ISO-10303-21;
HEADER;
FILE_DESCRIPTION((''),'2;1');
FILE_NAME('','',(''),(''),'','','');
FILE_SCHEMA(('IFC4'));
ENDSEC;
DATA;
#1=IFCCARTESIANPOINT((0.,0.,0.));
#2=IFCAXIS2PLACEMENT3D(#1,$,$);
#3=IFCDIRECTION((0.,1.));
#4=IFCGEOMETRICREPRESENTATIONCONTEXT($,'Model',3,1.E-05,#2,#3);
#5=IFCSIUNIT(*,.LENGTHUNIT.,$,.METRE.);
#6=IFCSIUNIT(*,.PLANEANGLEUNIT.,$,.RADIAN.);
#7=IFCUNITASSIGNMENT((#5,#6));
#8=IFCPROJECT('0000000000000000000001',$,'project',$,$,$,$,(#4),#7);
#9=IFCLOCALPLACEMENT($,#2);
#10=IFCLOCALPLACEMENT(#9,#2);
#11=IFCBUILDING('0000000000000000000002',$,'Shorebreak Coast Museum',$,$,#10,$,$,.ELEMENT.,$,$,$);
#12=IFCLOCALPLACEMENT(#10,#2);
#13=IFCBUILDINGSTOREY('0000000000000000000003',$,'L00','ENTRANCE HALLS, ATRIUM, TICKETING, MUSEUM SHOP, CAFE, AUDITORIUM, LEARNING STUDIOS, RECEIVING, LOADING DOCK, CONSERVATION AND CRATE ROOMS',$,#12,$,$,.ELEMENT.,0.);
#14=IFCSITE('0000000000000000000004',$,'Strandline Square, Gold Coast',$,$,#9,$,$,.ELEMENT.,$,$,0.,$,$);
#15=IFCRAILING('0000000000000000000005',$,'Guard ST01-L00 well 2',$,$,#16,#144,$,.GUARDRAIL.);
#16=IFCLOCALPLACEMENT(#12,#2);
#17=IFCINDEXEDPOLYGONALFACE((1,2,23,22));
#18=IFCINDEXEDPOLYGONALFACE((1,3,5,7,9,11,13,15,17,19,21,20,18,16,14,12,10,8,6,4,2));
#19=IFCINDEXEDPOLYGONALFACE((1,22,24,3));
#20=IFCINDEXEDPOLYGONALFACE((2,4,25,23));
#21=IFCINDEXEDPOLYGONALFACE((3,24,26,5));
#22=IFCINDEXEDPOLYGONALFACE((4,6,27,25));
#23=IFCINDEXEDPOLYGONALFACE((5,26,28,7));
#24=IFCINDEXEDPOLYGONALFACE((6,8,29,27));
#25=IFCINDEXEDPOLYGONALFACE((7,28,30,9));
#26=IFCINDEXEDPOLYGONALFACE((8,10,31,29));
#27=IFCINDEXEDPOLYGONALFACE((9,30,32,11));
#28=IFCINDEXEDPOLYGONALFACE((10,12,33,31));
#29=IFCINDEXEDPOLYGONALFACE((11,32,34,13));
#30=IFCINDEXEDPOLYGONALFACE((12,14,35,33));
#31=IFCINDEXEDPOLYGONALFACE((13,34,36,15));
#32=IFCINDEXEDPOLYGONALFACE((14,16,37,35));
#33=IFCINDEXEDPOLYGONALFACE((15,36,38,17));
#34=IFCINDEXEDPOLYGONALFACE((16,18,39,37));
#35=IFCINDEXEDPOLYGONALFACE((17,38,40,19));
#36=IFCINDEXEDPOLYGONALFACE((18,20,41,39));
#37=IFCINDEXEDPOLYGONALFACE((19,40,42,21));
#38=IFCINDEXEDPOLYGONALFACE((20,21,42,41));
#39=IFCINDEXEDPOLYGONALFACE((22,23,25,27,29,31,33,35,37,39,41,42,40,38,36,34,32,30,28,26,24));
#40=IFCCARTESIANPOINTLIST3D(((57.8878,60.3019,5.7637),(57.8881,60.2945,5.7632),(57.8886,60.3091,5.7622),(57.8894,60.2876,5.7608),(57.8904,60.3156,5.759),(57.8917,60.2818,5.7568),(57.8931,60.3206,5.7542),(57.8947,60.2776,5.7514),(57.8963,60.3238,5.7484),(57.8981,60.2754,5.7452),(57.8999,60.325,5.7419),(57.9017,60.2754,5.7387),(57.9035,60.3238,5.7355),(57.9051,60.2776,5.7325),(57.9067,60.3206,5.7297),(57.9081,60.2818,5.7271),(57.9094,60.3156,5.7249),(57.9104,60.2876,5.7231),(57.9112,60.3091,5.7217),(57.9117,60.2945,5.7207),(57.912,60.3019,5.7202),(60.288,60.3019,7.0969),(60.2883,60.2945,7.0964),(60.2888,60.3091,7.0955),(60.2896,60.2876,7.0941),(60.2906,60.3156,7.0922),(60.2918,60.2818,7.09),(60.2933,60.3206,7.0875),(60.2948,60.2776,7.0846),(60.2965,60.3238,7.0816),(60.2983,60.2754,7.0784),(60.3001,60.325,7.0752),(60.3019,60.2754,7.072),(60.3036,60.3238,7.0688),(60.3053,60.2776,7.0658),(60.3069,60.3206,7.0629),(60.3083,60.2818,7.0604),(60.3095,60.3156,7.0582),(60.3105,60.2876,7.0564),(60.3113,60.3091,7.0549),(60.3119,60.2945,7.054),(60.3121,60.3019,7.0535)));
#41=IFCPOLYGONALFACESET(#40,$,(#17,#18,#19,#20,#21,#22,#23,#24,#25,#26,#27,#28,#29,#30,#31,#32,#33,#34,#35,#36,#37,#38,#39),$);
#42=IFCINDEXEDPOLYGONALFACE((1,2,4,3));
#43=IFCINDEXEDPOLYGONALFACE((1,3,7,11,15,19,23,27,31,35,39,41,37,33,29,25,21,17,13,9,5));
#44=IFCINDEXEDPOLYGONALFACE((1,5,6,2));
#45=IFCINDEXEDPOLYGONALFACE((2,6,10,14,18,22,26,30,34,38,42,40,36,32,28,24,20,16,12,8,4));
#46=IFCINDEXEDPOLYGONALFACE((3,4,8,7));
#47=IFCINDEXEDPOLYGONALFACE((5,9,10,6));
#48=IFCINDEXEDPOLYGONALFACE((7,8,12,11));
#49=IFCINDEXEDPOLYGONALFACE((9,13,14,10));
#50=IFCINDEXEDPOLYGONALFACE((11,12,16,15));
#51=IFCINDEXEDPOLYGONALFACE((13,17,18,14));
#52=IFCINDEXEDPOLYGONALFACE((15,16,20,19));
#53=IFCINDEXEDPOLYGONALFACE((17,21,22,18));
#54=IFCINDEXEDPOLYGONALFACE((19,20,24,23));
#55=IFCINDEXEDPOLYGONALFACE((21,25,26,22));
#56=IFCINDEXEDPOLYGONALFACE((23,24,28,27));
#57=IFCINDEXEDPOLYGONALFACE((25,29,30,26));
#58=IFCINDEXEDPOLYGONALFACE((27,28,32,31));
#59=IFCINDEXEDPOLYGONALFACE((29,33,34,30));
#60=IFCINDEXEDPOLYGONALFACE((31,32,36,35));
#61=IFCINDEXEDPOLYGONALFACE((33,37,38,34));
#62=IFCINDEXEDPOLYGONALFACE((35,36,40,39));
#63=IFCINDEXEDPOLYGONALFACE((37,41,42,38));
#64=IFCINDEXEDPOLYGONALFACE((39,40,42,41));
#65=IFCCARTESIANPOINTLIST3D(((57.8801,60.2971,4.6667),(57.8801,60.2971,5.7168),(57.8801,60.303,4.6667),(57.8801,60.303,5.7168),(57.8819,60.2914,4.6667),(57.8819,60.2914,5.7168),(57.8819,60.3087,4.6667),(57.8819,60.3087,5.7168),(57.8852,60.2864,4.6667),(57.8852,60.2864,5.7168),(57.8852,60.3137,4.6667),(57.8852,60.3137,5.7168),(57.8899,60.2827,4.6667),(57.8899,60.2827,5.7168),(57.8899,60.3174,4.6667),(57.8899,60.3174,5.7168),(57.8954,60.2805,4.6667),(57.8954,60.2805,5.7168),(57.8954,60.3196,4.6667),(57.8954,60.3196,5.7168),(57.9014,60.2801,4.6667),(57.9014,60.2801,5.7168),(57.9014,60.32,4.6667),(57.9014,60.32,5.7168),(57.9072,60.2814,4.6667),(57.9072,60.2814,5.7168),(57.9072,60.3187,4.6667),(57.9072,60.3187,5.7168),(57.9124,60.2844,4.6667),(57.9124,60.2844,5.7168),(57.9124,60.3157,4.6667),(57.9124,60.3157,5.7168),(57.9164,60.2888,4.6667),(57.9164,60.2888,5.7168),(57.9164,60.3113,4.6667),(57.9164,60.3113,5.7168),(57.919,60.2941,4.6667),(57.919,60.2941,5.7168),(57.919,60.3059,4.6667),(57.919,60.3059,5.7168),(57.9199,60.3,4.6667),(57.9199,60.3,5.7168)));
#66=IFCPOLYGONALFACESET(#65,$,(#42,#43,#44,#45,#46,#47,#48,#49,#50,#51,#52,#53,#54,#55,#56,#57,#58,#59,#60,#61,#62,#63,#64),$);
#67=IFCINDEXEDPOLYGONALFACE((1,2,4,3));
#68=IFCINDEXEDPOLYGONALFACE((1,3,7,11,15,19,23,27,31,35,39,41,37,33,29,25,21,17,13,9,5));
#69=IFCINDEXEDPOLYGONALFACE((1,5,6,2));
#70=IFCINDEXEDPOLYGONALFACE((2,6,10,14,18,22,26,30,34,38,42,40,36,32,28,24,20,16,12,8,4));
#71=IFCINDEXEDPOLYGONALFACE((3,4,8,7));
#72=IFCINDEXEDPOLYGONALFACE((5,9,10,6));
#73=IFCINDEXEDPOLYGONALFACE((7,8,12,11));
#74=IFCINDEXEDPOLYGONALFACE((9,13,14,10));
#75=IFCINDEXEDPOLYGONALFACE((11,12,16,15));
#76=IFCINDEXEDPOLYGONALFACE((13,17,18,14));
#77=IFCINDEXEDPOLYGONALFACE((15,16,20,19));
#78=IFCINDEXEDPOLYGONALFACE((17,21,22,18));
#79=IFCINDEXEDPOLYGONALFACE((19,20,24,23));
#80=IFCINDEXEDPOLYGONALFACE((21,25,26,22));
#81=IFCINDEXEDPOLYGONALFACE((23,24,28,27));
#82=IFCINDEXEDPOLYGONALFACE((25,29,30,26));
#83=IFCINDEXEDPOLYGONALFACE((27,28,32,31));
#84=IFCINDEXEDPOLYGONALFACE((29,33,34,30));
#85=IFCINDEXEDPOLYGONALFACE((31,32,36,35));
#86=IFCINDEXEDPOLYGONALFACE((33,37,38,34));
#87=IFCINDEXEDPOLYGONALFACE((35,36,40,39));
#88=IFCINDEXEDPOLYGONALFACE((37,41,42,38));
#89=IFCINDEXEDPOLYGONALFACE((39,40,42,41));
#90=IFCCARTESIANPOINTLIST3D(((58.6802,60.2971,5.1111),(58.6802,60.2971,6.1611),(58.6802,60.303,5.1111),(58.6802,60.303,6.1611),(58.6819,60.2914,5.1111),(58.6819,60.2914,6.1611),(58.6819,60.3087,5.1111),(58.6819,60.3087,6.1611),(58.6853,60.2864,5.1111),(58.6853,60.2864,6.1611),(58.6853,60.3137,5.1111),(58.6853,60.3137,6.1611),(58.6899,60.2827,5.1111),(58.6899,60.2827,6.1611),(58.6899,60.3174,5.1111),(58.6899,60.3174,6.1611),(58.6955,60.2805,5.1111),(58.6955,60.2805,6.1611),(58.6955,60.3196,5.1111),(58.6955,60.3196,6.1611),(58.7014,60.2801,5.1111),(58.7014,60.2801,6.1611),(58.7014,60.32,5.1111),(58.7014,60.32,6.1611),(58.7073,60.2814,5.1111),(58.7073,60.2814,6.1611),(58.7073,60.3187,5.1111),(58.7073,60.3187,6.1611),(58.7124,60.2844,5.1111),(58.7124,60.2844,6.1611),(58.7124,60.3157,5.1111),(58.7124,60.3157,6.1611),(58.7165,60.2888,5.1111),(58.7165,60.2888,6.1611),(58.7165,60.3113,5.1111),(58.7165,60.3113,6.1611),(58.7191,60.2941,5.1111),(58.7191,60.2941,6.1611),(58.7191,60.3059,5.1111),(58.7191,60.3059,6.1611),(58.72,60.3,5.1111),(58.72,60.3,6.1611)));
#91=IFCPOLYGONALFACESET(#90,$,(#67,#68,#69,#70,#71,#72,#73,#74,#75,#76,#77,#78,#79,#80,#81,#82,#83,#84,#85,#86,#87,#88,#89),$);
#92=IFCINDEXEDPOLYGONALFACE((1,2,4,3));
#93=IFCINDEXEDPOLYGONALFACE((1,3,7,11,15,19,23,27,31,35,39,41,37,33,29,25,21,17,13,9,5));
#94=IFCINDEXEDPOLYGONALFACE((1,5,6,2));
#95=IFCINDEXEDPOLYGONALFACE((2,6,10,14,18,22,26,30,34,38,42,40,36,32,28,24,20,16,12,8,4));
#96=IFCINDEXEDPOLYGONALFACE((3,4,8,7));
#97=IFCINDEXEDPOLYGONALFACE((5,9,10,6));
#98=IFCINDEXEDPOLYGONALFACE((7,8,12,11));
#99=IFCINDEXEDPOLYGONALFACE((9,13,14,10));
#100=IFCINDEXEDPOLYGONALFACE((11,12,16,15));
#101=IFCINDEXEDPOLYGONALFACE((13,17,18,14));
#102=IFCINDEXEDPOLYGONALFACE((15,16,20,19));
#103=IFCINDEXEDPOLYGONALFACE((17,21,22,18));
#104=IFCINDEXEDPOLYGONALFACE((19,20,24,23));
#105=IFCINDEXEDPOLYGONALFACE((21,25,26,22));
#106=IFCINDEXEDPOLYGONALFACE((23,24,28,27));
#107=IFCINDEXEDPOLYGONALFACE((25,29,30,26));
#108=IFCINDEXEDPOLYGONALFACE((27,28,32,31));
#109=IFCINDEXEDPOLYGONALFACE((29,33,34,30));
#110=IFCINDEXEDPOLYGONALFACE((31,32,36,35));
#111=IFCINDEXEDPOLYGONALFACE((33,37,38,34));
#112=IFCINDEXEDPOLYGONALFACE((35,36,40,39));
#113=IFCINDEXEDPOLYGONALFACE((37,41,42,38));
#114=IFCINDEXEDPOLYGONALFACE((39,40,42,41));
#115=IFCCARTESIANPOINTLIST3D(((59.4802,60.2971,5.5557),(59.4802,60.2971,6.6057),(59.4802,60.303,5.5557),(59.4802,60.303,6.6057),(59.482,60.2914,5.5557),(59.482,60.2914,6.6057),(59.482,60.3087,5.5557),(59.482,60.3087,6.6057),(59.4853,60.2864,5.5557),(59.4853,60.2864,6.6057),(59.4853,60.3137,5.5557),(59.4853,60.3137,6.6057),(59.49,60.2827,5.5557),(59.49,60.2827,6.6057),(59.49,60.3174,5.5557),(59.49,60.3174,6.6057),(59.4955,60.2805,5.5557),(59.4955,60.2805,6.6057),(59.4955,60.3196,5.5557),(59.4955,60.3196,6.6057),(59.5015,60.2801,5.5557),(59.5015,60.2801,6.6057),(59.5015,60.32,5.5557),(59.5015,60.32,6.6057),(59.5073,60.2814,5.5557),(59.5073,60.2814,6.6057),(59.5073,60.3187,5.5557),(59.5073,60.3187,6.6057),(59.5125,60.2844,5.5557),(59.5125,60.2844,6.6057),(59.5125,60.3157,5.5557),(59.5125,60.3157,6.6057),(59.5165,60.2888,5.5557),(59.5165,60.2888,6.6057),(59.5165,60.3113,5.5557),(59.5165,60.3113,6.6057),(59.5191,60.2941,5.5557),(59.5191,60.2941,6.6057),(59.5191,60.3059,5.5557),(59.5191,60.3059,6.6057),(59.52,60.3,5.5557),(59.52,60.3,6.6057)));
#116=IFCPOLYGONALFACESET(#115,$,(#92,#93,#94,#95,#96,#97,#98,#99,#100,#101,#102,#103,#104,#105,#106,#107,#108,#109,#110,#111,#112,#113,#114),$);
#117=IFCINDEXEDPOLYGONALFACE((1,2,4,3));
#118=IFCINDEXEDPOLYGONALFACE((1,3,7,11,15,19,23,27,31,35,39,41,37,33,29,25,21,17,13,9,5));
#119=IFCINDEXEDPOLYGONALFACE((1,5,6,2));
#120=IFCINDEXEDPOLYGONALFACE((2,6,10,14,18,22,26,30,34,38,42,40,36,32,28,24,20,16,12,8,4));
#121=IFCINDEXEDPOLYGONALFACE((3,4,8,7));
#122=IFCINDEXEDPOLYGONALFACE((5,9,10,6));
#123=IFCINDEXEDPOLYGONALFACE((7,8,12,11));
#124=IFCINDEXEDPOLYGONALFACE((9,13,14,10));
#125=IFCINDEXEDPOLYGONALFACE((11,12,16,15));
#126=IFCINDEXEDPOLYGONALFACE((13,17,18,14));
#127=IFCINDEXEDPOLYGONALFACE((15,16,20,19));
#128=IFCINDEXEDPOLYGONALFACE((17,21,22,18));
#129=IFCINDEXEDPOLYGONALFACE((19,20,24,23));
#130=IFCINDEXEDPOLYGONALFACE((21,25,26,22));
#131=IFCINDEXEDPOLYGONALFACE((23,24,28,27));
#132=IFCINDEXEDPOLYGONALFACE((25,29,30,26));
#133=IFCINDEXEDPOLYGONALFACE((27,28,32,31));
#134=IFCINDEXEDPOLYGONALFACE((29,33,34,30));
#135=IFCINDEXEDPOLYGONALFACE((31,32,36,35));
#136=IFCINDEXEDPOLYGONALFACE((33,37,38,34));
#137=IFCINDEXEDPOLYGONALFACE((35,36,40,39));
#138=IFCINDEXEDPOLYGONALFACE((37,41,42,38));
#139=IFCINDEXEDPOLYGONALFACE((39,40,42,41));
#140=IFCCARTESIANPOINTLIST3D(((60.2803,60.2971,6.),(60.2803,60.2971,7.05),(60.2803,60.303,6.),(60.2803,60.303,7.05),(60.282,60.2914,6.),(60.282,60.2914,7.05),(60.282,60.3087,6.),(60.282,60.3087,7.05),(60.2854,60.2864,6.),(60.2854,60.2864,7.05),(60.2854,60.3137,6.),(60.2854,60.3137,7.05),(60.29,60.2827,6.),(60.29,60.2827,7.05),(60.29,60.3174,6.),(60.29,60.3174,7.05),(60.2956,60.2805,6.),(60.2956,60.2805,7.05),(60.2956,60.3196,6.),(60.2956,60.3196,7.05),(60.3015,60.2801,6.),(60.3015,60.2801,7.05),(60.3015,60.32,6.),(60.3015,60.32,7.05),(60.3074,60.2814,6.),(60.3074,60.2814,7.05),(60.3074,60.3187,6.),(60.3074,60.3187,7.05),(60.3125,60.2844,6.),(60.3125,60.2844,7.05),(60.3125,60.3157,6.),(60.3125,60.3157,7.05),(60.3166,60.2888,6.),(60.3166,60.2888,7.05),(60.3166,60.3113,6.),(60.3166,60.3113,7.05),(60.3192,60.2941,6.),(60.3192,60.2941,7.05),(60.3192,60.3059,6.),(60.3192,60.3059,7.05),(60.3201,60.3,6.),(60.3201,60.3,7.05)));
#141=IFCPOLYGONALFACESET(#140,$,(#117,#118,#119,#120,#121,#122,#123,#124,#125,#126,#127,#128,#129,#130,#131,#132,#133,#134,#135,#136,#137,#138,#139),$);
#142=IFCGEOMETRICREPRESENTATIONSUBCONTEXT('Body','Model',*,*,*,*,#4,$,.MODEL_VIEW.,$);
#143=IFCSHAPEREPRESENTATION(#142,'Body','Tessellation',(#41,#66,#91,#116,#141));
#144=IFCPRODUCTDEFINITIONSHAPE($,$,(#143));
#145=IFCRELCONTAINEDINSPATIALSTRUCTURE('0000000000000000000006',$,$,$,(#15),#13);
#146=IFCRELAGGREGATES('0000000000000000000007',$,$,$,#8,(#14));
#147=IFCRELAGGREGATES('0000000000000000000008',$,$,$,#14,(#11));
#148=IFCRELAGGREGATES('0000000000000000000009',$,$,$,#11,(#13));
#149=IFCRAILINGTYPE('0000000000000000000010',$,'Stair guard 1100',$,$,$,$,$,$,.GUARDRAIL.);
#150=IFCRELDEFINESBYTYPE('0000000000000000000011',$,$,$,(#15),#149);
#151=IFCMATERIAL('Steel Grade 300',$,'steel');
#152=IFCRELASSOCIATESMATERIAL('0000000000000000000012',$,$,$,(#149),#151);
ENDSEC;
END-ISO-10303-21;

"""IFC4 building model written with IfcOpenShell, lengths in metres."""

from ifc_helpers import new_model, si_unit, direction, frame, origin, origin_2d, place, context, subcontext, project, spatial, circle, extrude, material, type_object, element, save


model = new_model("IFC4")

# Units and contexts
model_context = context("Model", 3, precision=1e-05, world=origin(), true_north=direction((0.0, 1.0)))
body_context = subcontext(model_context, "Body", "Model", "MODEL_VIEW")
ifc_project = project(units=[si_unit("LENGTHUNIT", "METRE"), si_unit("PLANEANGLEUNIT", "RADIAN")], contexts=[model_context])

# Site, building, storey
site_placement = place(None, origin())
site = spatial("IfcSite", under=ifc_project, at=site_placement, Name="Strandline Square, Gold Coast", CompositionType="ELEMENT", RefElevation=0.0)
building_placement = place(site_placement, origin())
building = spatial("IfcBuilding", under=site, at=building_placement, Name="Shorebreak Coast Museum", CompositionType="ELEMENT")
storey_placement = place(building_placement, origin())
storey = spatial("IfcBuildingStorey", under=building, at=storey_placement, Name="L00", Description="ENTRANCE HALLS, ATRIUM, TICKETING, MUSEUM SHOP, CAFE, AUDITORIUM, LEARNING STUDIOS, RECEIVING, LOADING DOCK, CONSERVATION AND CRATE ROOMS", CompositionType="ELEMENT", Elevation=0.0)

# Railing
ifc_material_1 = material(Name="Steel Grade 300", Category="steel")
railing_type_1 = type_object("IfcRailingType", Name="Stair guard 1100", PredefinedType="GUARDRAIL", material=ifc_material_1)
railing_1_placement = place(storey_placement, frame((57.8999, 60.3, 4.6667)))
element("IfcRailing", 1, at=railing_1_placement, inside=storey, type_object=railing_type_1, Name="Guard ST01-L00 well 2", PredefinedType="GUARDRAIL", context=body_context, shape_type="SweptSolid", body=[
    extrude(circle(Radius=0.0249, at=origin_2d()), frame((0.0, 0.0, 1.0752), z_axis=(0.874182, 0.0, 0.485598), x_axis=(0.0, 1.0, 0.0)), (0.0, 0.0, 1.0), 2.7456),
    extrude(circle(Radius=0.02, at=origin_2d()), origin(), (0.0, 0.0, 1.0), 1.05),
    extrude(circle(Radius=0.02, at=origin_2d()), frame((0.8, 0.0, 0.4443)), (0.0, 0.0, 1.0), 1.05),
    extrude(circle(Radius=0.02, at=origin_2d()), frame((1.6001, 0.0, 0.8889)), (0.0, 0.0, 1.0), 1.05),
    extrude(circle(Radius=0.02, at=origin_2d()), frame((2.4001, 0.0, 1.3333)), (0.0, 0.0, 1.0), 1.05),
])

save(model, "model.ifc")
